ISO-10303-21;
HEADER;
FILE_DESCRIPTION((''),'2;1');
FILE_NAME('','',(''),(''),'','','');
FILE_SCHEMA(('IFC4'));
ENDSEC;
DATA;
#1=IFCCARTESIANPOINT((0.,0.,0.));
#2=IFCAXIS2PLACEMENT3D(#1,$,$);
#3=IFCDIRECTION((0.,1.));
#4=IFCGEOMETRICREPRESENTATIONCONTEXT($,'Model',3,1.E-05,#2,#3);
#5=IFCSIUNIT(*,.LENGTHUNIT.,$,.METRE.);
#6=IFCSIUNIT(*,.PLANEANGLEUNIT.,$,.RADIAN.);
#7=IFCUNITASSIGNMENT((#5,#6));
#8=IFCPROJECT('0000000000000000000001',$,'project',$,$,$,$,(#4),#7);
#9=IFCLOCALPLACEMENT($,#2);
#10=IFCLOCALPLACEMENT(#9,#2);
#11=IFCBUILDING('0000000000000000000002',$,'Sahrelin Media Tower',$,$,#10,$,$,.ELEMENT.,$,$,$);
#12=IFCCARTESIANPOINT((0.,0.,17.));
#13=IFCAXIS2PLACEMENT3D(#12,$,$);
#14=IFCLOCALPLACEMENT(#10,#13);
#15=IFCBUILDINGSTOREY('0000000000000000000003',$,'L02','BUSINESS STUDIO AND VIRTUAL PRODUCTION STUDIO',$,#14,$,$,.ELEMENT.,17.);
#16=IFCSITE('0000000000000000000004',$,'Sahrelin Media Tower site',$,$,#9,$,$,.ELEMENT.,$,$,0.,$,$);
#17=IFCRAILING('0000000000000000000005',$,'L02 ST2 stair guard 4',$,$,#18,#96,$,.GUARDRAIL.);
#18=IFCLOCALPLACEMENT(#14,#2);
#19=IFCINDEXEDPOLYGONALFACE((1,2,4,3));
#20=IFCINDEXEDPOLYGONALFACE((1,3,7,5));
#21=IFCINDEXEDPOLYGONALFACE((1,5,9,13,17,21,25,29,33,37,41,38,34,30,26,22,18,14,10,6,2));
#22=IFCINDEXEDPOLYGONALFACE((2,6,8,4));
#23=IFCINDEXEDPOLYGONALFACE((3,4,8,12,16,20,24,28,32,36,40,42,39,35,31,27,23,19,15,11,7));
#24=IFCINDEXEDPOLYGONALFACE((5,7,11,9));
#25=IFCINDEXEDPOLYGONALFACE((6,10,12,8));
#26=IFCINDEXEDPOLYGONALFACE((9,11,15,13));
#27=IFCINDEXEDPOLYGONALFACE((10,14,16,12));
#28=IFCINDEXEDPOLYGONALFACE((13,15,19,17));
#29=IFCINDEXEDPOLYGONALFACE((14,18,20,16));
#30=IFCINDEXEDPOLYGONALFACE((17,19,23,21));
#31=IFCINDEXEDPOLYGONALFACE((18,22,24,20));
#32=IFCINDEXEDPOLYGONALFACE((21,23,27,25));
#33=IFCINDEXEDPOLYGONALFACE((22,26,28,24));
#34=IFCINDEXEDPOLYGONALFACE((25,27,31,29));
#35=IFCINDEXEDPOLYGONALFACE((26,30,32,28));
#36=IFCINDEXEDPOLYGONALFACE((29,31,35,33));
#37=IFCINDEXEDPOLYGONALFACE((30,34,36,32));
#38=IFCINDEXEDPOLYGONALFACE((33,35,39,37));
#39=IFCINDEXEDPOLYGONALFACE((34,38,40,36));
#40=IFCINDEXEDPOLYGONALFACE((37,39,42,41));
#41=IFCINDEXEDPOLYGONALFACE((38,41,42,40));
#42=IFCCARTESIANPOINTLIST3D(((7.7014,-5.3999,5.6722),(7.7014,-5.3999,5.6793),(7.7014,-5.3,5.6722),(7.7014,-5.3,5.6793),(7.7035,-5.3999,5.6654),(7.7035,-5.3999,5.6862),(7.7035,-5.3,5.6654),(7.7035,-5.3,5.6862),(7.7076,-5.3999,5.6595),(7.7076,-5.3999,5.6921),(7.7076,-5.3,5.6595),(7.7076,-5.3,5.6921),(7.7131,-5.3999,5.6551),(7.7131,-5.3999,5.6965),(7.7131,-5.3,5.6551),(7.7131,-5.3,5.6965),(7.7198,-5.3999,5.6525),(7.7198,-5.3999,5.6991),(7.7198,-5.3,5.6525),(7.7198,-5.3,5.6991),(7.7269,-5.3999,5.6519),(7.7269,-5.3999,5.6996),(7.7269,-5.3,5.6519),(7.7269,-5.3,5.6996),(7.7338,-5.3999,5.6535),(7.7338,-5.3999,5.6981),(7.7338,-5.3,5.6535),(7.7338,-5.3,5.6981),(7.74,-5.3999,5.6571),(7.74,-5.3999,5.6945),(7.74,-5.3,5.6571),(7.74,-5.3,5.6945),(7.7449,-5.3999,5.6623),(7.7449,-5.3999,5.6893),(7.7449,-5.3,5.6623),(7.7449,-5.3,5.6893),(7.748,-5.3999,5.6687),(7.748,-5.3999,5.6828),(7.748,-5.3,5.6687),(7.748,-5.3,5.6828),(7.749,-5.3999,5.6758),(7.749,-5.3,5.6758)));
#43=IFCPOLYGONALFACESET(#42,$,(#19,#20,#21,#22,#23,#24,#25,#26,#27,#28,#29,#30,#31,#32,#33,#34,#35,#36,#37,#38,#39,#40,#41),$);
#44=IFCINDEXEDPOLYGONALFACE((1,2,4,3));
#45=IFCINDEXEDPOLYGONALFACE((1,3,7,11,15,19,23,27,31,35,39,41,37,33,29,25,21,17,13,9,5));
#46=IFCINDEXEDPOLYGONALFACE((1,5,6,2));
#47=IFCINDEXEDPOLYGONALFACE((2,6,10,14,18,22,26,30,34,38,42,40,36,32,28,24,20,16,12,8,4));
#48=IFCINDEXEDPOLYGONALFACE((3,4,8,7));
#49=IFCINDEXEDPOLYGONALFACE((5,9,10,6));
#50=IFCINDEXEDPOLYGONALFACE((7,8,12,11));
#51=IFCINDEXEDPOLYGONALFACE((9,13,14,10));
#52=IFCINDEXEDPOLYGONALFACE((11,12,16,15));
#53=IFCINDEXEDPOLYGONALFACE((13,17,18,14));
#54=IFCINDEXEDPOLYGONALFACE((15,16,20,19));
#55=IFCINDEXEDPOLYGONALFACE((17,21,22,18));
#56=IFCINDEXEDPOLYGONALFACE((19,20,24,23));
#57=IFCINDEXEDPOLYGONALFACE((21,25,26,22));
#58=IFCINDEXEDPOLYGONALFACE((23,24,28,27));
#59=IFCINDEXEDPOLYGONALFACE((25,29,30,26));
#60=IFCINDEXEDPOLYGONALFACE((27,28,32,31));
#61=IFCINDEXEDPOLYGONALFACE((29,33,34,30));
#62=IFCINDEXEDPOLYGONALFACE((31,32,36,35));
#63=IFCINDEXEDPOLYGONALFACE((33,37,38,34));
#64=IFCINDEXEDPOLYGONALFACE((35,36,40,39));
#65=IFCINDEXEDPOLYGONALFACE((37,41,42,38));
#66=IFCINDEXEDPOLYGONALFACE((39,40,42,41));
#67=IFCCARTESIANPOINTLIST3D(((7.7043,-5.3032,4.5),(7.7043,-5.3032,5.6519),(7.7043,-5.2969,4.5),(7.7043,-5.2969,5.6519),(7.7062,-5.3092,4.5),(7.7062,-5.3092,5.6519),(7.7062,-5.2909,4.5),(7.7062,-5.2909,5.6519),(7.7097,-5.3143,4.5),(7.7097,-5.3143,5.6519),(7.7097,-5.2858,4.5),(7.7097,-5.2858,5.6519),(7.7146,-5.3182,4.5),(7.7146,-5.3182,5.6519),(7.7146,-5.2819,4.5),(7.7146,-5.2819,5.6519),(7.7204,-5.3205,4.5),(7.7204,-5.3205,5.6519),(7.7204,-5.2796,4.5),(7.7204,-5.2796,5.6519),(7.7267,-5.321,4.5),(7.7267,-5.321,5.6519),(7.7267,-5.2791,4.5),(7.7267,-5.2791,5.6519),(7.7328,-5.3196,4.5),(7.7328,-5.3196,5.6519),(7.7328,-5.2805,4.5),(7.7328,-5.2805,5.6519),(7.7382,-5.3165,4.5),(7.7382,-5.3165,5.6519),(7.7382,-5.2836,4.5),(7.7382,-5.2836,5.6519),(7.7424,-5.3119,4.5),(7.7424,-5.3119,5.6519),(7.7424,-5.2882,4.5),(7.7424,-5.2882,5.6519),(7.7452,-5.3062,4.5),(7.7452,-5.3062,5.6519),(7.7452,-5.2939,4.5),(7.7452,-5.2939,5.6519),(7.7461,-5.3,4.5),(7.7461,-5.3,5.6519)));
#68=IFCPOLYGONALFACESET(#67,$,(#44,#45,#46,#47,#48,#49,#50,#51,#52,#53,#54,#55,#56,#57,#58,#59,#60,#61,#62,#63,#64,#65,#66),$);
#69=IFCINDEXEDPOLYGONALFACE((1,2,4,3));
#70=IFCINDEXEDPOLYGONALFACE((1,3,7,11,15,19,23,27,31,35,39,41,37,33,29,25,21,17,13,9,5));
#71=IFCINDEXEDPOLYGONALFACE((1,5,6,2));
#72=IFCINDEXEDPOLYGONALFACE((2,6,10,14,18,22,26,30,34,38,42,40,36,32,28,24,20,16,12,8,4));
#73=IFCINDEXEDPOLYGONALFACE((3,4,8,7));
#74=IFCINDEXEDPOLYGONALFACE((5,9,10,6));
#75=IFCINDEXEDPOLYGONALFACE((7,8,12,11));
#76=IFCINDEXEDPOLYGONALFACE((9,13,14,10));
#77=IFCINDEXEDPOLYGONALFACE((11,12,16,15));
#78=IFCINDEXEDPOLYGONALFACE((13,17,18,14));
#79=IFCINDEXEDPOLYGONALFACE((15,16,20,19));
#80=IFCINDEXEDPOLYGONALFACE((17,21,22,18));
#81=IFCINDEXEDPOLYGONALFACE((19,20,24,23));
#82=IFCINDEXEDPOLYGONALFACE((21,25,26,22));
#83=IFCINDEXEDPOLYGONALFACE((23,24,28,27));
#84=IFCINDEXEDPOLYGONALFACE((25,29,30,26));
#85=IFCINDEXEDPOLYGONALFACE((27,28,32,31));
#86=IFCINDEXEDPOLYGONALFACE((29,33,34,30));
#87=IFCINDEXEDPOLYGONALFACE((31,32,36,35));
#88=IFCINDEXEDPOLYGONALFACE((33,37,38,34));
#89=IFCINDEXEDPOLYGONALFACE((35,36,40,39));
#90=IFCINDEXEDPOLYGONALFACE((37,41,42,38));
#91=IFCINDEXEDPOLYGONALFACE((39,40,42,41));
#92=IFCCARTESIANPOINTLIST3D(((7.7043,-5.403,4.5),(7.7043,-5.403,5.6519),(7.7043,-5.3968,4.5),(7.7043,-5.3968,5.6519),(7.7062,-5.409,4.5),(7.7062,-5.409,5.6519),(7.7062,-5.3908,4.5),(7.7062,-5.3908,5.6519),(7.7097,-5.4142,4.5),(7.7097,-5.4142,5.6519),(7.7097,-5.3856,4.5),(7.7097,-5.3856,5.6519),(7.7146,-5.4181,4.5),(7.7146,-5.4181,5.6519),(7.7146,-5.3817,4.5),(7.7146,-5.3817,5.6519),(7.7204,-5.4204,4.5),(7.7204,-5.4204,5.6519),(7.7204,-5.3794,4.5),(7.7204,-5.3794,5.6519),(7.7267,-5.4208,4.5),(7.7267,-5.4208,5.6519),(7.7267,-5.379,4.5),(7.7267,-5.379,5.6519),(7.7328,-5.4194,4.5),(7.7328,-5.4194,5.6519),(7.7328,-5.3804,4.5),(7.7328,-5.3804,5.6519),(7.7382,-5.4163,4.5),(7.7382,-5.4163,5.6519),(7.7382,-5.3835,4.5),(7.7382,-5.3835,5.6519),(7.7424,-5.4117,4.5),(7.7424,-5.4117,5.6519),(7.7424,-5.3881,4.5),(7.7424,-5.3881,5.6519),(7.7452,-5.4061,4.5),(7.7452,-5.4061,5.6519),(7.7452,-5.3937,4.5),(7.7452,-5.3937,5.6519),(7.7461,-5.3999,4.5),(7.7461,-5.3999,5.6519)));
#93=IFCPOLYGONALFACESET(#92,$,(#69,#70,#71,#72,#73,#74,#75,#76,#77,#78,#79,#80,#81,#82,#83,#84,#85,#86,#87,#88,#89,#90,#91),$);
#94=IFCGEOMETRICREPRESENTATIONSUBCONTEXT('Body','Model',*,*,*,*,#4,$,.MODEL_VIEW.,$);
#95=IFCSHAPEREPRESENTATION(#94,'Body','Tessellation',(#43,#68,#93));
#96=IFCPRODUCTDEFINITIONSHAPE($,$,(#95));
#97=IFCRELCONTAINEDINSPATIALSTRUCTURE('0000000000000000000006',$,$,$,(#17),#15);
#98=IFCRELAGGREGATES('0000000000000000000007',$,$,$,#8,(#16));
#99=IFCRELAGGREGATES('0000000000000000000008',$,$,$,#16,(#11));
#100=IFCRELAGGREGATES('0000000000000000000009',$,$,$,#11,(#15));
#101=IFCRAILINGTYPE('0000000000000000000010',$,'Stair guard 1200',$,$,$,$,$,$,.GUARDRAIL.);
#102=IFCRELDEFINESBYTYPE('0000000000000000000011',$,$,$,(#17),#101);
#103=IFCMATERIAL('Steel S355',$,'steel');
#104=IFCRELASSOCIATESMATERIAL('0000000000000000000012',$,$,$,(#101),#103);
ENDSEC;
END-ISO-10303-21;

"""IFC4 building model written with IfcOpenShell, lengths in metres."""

from ifc_helpers import new_model, si_unit, direction, frame, origin, origin_2d, place, context, subcontext, project, spatial, circle, extrude, material, type_object, element, save


model = new_model("IFC4")

# Units and contexts
model_context = context("Model", 3, precision=1e-05, world=origin(), true_north=direction((0.0, 1.0)))
body_context = subcontext(model_context, "Body", "Model", "MODEL_VIEW")
ifc_project = project(units=[si_unit("LENGTHUNIT", "METRE"), si_unit("PLANEANGLEUNIT", "RADIAN")], contexts=[model_context])

# Site, building, storey
site_placement = place(None, origin())
site = spatial("IfcSite", under=ifc_project, at=site_placement, Name="Sahrelin Media Tower site", CompositionType="ELEMENT", RefElevation=0.0)
building_placement = place(site_placement, origin())
building = spatial("IfcBuilding", under=site, at=building_placement, Name="Sahrelin Media Tower", CompositionType="ELEMENT")
storey_placement = place(building_placement, frame((0.0, 0.0, 17.0)))
storey = spatial("IfcBuildingStorey", under=building, at=storey_placement, Name="L02", Description="BUSINESS STUDIO AND VIRTUAL PRODUCTION STUDIO", CompositionType="ELEMENT", Elevation=17.0)

# Railing
ifc_material_1 = material(Name="Steel S355", Category="steel")
railing_type_1 = type_object("IfcRailingType", Name="Stair guard 1200", PredefinedType="GUARDRAIL", material=ifc_material_1)
railing_1_placement = place(storey_placement, frame((7.7251, -5.3, 4.5)))
element("IfcRailing", 1, at=railing_1_placement, inside=storey, type_object=railing_type_1, Name="L02 ST2 stair guard 4", PredefinedType="GUARDRAIL", context=body_context, shape_type="SweptSolid", body=[
    extrude(circle(Radius=0.0239, at=origin_2d()), frame((0.0, 0.0, 1.1758), z_axis=(0.0, -1.0, 0.0), x_axis=(1.0, 0.0, 0.0)), (0.0, 0.0, 1.0), 0.0999),
    extrude(circle(Radius=0.021, at=origin_2d()), origin(), (0.0, 0.0, 1.0), 1.1519),
    extrude(circle(Radius=0.021, at=origin_2d()), frame((0.0, -0.0999, 0.0)), (0.0, 0.0, 1.0), 1.1519),
])

save(model, "model.ifc")
